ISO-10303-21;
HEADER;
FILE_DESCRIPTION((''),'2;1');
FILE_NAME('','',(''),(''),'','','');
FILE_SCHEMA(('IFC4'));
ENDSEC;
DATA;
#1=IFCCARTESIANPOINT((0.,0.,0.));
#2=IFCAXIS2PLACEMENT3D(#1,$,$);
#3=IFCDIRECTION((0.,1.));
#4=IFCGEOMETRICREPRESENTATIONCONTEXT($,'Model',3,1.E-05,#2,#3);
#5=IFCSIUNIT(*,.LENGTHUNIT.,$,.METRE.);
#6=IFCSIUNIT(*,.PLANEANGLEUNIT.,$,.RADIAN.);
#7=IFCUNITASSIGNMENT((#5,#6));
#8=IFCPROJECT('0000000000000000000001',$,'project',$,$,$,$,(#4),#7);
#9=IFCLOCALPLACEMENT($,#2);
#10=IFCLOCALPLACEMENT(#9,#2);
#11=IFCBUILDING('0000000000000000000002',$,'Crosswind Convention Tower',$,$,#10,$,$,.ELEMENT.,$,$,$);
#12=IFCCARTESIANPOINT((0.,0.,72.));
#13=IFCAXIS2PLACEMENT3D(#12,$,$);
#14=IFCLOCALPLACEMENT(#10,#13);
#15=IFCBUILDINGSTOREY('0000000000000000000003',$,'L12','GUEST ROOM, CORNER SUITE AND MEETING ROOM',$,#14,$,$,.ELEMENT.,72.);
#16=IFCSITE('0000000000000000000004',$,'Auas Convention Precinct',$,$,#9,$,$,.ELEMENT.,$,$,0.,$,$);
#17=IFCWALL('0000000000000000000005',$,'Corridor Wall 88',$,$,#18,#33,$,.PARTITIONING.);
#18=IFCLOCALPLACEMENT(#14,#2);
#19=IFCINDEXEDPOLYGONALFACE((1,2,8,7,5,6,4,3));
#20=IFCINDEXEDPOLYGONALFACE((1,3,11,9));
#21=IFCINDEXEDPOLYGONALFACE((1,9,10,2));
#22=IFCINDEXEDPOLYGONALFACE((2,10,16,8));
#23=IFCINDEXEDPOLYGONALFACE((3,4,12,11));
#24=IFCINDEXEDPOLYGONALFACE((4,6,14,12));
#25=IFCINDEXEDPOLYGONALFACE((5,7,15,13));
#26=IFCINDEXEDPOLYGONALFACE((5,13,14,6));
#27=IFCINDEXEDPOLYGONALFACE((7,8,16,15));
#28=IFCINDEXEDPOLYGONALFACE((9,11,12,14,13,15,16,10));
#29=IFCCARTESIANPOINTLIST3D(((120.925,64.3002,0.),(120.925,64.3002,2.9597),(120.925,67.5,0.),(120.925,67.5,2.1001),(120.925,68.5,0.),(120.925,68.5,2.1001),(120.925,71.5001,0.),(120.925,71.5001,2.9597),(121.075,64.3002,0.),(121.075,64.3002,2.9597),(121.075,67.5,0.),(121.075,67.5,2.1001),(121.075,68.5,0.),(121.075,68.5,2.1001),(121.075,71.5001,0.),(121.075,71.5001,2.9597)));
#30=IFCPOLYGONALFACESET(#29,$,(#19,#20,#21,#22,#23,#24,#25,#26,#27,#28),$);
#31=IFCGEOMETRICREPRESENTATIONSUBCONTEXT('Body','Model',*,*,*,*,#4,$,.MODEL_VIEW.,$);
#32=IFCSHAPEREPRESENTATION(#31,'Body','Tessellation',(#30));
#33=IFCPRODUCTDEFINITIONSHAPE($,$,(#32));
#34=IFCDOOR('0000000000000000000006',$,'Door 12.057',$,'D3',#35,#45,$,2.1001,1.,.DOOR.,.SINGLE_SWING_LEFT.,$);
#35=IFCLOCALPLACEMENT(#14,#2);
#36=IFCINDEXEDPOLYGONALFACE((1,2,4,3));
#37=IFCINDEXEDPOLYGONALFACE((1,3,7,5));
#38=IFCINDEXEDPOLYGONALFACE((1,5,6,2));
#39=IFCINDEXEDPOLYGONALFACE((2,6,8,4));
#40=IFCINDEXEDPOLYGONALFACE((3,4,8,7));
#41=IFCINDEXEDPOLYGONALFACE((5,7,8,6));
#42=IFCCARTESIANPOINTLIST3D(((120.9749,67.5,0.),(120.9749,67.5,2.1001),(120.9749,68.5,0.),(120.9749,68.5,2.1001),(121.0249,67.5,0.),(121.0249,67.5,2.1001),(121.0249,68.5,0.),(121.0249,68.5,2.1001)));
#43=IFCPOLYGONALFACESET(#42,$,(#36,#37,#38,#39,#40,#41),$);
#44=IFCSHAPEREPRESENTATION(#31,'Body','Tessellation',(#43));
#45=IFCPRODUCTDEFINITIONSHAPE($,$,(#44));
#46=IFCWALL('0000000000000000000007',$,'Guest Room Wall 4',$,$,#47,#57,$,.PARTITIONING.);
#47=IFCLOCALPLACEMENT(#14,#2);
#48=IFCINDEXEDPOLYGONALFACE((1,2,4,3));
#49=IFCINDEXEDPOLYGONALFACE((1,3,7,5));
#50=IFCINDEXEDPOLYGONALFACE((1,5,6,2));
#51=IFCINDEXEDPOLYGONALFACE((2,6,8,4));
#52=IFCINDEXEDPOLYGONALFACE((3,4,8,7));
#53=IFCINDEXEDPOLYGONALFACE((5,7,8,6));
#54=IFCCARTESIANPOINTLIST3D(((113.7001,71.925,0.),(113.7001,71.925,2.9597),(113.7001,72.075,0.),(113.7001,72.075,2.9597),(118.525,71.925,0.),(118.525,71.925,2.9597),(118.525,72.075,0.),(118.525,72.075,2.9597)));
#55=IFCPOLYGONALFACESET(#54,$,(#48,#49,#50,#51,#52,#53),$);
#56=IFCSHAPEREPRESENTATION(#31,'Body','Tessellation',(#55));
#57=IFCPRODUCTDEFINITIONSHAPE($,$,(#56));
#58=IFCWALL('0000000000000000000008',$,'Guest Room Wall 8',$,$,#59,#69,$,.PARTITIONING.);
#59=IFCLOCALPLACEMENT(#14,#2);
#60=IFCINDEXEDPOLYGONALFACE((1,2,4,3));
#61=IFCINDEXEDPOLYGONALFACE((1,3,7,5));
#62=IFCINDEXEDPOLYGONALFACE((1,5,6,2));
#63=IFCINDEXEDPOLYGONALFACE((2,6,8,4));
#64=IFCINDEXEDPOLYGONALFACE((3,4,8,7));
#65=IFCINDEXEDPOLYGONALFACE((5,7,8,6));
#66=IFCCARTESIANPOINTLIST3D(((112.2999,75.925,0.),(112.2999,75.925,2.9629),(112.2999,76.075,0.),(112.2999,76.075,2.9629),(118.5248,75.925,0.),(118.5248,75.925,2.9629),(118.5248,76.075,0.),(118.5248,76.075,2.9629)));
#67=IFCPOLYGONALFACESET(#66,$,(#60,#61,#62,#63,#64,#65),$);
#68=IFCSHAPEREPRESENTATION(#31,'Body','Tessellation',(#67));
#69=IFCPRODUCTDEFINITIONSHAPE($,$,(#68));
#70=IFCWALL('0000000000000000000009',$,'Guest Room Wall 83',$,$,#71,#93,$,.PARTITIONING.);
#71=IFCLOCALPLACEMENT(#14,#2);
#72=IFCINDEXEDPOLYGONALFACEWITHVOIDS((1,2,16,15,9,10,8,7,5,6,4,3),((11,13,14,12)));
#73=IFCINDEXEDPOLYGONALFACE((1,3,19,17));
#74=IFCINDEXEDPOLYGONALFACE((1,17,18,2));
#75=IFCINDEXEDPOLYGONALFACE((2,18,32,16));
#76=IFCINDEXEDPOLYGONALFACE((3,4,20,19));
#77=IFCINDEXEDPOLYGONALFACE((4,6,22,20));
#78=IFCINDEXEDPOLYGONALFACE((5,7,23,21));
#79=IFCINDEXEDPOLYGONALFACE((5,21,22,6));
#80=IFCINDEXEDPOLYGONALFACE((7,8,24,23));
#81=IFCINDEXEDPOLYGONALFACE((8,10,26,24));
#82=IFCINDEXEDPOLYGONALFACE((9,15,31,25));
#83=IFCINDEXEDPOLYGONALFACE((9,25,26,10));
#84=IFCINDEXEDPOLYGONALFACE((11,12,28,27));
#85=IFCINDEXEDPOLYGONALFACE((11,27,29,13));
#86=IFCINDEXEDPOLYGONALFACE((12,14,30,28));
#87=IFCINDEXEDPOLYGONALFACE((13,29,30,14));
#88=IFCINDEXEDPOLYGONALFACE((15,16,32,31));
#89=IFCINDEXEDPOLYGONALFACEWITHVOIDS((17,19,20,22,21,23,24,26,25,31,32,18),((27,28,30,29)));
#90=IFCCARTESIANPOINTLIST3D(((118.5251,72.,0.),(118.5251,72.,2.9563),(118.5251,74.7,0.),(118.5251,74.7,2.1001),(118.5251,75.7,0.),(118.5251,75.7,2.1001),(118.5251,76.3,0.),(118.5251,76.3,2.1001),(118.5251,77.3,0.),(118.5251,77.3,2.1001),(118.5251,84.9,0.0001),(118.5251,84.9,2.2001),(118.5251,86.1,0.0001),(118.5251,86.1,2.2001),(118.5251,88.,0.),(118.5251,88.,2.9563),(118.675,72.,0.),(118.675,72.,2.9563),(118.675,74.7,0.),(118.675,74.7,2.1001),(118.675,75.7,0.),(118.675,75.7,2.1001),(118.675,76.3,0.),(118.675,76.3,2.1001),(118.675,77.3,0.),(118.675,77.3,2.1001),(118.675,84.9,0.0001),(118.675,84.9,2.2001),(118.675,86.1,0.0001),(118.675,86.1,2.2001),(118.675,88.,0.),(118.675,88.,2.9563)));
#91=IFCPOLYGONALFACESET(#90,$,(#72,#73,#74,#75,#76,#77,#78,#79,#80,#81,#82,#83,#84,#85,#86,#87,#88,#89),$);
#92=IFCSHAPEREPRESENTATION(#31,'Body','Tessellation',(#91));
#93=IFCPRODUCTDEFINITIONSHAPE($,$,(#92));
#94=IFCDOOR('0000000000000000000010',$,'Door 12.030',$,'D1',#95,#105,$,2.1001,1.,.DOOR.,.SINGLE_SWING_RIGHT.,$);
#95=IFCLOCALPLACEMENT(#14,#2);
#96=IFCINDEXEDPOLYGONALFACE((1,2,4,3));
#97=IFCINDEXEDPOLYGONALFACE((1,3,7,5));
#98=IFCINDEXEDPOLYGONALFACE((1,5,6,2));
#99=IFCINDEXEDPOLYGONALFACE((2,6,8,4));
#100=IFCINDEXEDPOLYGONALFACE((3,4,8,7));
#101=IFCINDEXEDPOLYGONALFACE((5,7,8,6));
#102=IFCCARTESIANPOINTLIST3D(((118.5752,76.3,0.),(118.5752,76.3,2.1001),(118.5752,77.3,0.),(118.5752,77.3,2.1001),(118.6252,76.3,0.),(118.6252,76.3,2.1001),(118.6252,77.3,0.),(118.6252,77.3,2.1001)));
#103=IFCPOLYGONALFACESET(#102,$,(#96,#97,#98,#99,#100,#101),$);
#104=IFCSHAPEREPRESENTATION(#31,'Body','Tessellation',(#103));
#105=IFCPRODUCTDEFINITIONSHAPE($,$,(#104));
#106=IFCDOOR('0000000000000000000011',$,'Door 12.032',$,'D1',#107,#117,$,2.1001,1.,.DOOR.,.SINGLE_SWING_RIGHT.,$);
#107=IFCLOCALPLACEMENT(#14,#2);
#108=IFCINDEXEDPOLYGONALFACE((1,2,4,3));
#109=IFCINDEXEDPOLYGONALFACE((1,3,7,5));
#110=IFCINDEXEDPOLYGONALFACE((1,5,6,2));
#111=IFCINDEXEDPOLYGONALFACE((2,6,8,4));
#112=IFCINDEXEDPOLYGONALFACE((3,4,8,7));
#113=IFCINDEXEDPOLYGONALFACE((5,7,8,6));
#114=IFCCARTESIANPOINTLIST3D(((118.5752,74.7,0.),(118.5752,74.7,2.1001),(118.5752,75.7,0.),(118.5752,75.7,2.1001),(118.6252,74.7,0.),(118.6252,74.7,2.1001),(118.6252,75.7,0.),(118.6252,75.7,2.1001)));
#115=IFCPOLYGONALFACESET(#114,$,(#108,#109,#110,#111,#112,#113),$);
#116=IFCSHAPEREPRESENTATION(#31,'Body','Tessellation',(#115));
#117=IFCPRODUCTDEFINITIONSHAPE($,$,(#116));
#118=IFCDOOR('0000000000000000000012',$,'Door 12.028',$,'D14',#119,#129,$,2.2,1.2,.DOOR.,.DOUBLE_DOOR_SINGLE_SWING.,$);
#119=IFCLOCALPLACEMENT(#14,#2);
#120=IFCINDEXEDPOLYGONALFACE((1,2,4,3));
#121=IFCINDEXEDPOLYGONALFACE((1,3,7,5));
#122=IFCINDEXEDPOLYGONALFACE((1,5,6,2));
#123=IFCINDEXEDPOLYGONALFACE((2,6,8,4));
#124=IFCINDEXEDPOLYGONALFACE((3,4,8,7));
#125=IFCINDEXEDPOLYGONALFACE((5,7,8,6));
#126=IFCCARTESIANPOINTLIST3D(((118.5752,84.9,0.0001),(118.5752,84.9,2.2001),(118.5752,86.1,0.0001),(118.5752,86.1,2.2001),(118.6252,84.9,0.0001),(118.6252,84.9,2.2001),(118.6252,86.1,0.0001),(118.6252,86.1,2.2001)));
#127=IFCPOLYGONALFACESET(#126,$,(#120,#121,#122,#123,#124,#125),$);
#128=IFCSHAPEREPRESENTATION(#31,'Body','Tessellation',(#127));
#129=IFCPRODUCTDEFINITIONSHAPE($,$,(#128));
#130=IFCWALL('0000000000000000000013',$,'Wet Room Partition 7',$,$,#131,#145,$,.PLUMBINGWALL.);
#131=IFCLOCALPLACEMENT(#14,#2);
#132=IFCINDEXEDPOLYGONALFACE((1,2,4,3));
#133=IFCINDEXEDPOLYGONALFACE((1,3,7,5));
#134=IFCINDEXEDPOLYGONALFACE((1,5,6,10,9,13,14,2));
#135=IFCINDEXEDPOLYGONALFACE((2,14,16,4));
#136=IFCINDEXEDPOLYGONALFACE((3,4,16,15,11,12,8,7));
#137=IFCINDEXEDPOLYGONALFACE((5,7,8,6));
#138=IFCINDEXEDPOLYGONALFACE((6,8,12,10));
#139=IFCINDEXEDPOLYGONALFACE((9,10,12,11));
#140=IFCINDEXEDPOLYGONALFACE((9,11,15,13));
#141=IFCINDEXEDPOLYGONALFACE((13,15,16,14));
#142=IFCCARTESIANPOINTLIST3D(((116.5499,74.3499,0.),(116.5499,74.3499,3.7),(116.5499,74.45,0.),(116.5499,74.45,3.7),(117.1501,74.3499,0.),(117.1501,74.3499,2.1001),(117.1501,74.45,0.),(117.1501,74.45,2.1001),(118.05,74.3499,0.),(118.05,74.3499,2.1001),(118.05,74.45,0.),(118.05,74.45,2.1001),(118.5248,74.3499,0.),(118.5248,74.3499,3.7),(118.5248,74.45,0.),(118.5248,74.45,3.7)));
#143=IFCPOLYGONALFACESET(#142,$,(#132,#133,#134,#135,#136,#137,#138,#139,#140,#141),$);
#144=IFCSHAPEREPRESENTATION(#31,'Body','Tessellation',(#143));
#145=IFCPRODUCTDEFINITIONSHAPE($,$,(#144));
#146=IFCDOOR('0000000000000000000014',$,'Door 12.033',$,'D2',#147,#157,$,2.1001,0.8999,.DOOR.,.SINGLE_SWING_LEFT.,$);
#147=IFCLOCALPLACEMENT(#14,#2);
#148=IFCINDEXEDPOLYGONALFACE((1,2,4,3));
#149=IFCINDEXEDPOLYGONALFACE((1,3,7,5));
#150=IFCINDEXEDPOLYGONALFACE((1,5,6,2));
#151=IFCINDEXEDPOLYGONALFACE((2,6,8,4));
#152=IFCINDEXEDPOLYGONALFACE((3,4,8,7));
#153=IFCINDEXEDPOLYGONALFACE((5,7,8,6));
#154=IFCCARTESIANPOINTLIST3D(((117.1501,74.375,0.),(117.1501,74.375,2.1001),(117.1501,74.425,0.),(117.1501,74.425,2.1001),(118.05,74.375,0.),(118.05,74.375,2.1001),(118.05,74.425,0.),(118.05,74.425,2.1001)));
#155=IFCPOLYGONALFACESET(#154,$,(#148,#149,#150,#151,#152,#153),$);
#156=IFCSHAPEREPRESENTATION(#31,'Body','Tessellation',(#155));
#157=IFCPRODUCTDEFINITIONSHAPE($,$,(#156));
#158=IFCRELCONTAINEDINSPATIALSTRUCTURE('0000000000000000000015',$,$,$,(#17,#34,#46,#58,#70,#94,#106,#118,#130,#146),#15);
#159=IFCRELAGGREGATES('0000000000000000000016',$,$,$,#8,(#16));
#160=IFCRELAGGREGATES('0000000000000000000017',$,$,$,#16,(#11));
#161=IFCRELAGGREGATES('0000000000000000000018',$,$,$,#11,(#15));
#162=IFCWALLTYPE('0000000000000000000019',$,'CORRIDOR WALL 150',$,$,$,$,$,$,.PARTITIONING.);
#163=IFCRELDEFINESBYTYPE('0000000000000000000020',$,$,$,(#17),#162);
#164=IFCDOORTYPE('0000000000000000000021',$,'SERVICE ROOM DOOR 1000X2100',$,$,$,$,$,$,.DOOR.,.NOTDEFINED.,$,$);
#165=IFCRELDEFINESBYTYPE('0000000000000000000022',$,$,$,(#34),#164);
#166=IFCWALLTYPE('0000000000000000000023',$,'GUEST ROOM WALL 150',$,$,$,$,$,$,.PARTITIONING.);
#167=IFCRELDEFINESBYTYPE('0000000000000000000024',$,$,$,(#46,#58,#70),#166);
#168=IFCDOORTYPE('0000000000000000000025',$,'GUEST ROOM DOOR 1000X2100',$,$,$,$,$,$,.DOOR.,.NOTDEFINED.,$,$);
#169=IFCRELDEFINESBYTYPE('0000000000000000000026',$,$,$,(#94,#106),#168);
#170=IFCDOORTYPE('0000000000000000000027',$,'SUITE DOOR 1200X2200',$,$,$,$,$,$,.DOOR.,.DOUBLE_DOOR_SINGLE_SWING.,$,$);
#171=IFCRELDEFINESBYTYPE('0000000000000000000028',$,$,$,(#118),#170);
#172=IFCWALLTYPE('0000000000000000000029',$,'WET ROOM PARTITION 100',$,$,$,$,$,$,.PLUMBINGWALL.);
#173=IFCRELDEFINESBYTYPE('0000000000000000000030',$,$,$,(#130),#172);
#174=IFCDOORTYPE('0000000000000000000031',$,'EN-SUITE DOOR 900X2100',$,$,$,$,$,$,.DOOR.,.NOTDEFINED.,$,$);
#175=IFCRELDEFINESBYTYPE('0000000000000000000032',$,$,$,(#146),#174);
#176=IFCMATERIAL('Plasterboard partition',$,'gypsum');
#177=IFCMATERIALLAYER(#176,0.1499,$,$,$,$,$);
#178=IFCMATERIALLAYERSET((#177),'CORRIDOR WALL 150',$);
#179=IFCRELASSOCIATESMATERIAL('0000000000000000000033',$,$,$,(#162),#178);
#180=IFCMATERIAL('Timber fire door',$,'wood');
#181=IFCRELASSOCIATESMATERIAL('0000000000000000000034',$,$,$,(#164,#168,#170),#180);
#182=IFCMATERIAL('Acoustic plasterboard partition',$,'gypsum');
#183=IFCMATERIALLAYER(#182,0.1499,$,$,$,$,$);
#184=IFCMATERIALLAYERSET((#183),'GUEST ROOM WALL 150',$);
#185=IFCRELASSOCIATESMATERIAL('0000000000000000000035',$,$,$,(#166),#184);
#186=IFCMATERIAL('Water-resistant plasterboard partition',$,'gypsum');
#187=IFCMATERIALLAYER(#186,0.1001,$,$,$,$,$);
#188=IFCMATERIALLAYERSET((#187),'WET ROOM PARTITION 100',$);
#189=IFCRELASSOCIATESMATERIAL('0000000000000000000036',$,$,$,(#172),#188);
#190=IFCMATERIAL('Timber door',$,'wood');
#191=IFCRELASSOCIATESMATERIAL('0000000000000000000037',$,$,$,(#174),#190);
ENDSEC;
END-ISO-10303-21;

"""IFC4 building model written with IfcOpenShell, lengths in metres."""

from ifc_helpers import new_model, si_unit, direction, frame, frame_2d, origin, place, context, subcontext, project, spatial, rectangle, extrude, material, layer, layer_set, type_object, element, fill, save


model = new_model("IFC4")

# Units and contexts
model_context = context("Model", 3, precision=1e-05, world=origin(), true_north=direction((0.0, 1.0)))
body_context = subcontext(model_context, "Body", "Model", "MODEL_VIEW")
ifc_project = project(units=[si_unit("LENGTHUNIT", "METRE"), si_unit("PLANEANGLEUNIT", "RADIAN")], contexts=[model_context])

# Site, building, storey
site_placement = place(None, origin())
site = spatial("IfcSite", under=ifc_project, at=site_placement, Name="Auas Convention Precinct", CompositionType="ELEMENT", RefElevation=0.0)
building_placement = place(site_placement, origin())
building = spatial("IfcBuilding", under=site, at=building_placement, Name="Crosswind Convention Tower", CompositionType="ELEMENT")
storey_placement = place(building_placement, frame((0.0, 0.0, 72.0)))
storey = spatial("IfcBuildingStorey", under=building, at=storey_placement, Name="L12", Description="GUEST ROOM, CORNER SUITE AND MEETING ROOM", CompositionType="ELEMENT", Elevation=72.0)

# Wall, opening, door
ifc_material_1 = material(Name="Plasterboard partition", Category="gypsum")
ifc_layer_1 = layer(ifc_material_1, 0.1499)
ifc_layer_set_1 = layer_set([ifc_layer_1], Name="CORRIDOR WALL 150")
wall_type_1 = type_object("IfcWallType", Name="CORRIDOR WALL 150", PredefinedType="PARTITIONING", material=ifc_layer_set_1)
wall_1_placement = place(storey_placement, frame((121.0, 64.3, 0.0), z_axis=(0.0, 0.0, 1.0), x_axis=(0.0, 1.0, 0.0)))
wall_1 = element("IfcWall", 1, at=wall_1_placement, inside=storey, type_object=wall_type_1, Name="Corridor Wall 88", PredefinedType="PARTITIONING", context=body_context, shape_type="SweptSolid", body=[
    extrude(rectangle(XDim=7.2, YDim=0.1499, at=frame_2d((3.6001, 0.0))), origin(), (0.0, 0.0, 1.0), 2.9597),
])
opening_1_placement = place(wall_1_placement, frame((3.2, 0.0, 0.0)))
opening_1 = element("IfcOpeningElement", 2, at=opening_1_placement, cuts=wall_1, PredefinedType="OPENING", context=body_context, shape_type="SweptSolid", body=[
    extrude(rectangle(XDim=1.0, YDim=2.1001, at=frame_2d((0.5, 1.05))), frame((0.0, 0.085, 0.0), z_axis=(0.0, -1.0, 0.0), x_axis=(1.0, 0.0, 0.0)), (0.0, 0.0, 1.0), 0.1699),
])
ifc_material_2 = material(Name="Timber fire door", Category="wood")
door_type_1 = type_object("IfcDoorType", Name="SERVICE ROOM DOOR 1000X2100", OperationType="NOTDEFINED", PredefinedType="DOOR", material=ifc_material_2)
door_1_placement = place(opening_1_placement, frame((1.0, 0.0, 0.0), z_axis=(0.0, 0.0, 1.0), x_axis=(-1.0, 0.0, 0.0)))
door_1 = element("IfcDoor", 3, at=door_1_placement, inside=storey, type_object=door_type_1, Name="Door 12.057", ObjectType="D3", OperationType="SINGLE_SWING_LEFT", OverallHeight=2.1001, OverallWidth=1.0, PredefinedType="DOOR", context=body_context, shape_type="SweptSolid", body=[
    extrude(rectangle(XDim=1.0, YDim=2.1001, at=frame_2d((0.5, 1.05))), frame((0.0, 0.0249, 0.0), z_axis=(0.0, -1.0, 0.0), x_axis=(1.0, 0.0, 0.0)), (0.0, 0.0, 1.0), 0.05),
])
fill(opening_1, door_1)

# Walls
ifc_material_3 = material(Name="Acoustic plasterboard partition", Category="gypsum")
ifc_layer_2 = layer(ifc_material_3, 0.1499)
ifc_layer_set_2 = layer_set([ifc_layer_2], Name="GUEST ROOM WALL 150")
wall_type_2 = type_object("IfcWallType", Name="GUEST ROOM WALL 150", PredefinedType="PARTITIONING", material=ifc_layer_set_2)
wall_2_placement = place(storey_placement, frame((113.7, 72.0, 0.0), z_axis=(0.0, 0.0, 1.0), x_axis=(1.0, 0.0, 0.0)))
element("IfcWall", 4, at=wall_2_placement, inside=storey, type_object=wall_type_2, Name="Guest Room Wall 4", PredefinedType="PARTITIONING", context=body_context, shape_type="SweptSolid", body=[
    extrude(rectangle(XDim=4.825, YDim=0.1499, at=frame_2d((2.4126, 0.0))), origin(), (0.0, 0.0, 1.0), 2.9597),
])
wall_3_placement = place(storey_placement, frame((112.3, 76.0, 0.0), z_axis=(0.0, 0.0, 1.0), x_axis=(1.0, 0.0, 0.0)))
element("IfcWall", 5, at=wall_3_placement, inside=storey, type_object=wall_type_2, Name="Guest Room Wall 8", PredefinedType="PARTITIONING", context=body_context, shape_type="SweptSolid", body=[
    extrude(rectangle(XDim=6.2249, YDim=0.1499, at=frame_2d((3.1123, 0.0))), origin(), (0.0, 0.0, 1.0), 2.9629),
])

# Wall, openings, doors
wall_4_placement = place(storey_placement, frame((118.6001, 72.0, 0.0), z_axis=(0.0, 0.0, 1.0), x_axis=(0.0, 1.0, 0.0)))
wall_4 = element("IfcWall", 6, at=wall_4_placement, inside=storey, type_object=wall_type_2, Name="Guest Room Wall 83", PredefinedType="PARTITIONING", context=body_context, shape_type="SweptSolid", body=[
    extrude(rectangle(XDim=16.0, YDim=0.1499, at=frame_2d((8.0, 0.0))), origin(), (0.0, 0.0, 1.0), 2.9563),
])
opening_2_placement = place(wall_4_placement, frame((12.8999, 0.0, 0.0)))
opening_2 = element("IfcOpeningElement", 7, at=opening_2_placement, cuts=wall_4, PredefinedType="OPENING", context=body_context, shape_type="SweptSolid", body=[
    extrude(rectangle(XDim=1.2, YDim=2.2, at=frame_2d((0.6001, 1.1001))), frame((0.0, 0.085, 0.0), z_axis=(0.0, -1.0, 0.0), x_axis=(1.0, 0.0, 0.0)), (0.0, 0.0, 1.0), 0.1699),
])
opening_3_placement = place(wall_4_placement, frame((4.3, 0.0, 0.0)))
opening_3 = element("IfcOpeningElement", 8, at=opening_3_placement, cuts=wall_4, PredefinedType="OPENING", context=body_context, shape_type="SweptSolid", body=[
    extrude(rectangle(XDim=1.0, YDim=2.1001, at=frame_2d((0.5, 1.05))), frame((0.0, 0.085, 0.0), z_axis=(0.0, -1.0, 0.0), x_axis=(1.0, 0.0, 0.0)), (0.0, 0.0, 1.0), 0.1699),
])
opening_4_placement = place(wall_4_placement, frame((2.7, 0.0, 0.0)))
opening_4 = element("IfcOpeningElement", 9, at=opening_4_placement, cuts=wall_4, PredefinedType="OPENING", context=body_context, shape_type="SweptSolid", body=[
    extrude(rectangle(XDim=1.0, YDim=2.1001, at=frame_2d((0.5, 1.05))), frame((0.0, 0.085, 0.0), z_axis=(0.0, -1.0, 0.0), x_axis=(1.0, 0.0, 0.0)), (0.0, 0.0, 1.0), 0.1699),
])
door_type_2 = type_object("IfcDoorType", Name="GUEST ROOM DOOR 1000X2100", OperationType="NOTDEFINED", PredefinedType="DOOR", material=ifc_material_2)
door_2_placement = place(opening_3_placement, origin())
door_2 = element("IfcDoor", 10, at=door_2_placement, inside=storey, type_object=door_type_2, Name="Door 12.030", ObjectType="D1", OperationType="SINGLE_SWING_RIGHT", OverallHeight=2.1001, OverallWidth=1.0, PredefinedType="DOOR", context=body_context, shape_type="SweptSolid", body=[
    extrude(rectangle(XDim=1.0, YDim=2.1001, at=frame_2d((0.5, 1.05))), frame((0.0, 0.0249, 0.0), z_axis=(0.0, -1.0, 0.0), x_axis=(1.0, 0.0, 0.0)), (0.0, 0.0, 1.0), 0.05),
])
fill(opening_3, door_2)
door_3_placement = place(opening_4_placement, origin())
door_3 = element("IfcDoor", 11, at=door_3_placement, inside=storey, type_object=door_type_2, Name="Door 12.032", ObjectType="D1", OperationType="SINGLE_SWING_RIGHT", OverallHeight=2.1001, OverallWidth=1.0, PredefinedType="DOOR", context=body_context, shape_type="SweptSolid", body=[
    extrude(rectangle(XDim=1.0, YDim=2.1001, at=frame_2d((0.5, 1.05))), frame((0.0, 0.0249, 0.0), z_axis=(0.0, -1.0, 0.0), x_axis=(1.0, 0.0, 0.0)), (0.0, 0.0, 1.0), 0.05),
])
fill(opening_4, door_3)
door_type_3 = type_object("IfcDoorType", Name="SUITE DOOR 1200X2200", OperationType="DOUBLE_DOOR_SINGLE_SWING", PredefinedType="DOOR", material=ifc_material_2)
door_4_placement = place(opening_2_placement, origin())
door_4 = element("IfcDoor", 12, at=door_4_placement, inside=storey, type_object=door_type_3, Name="Door 12.028", ObjectType="D14", OperationType="DOUBLE_DOOR_SINGLE_SWING", OverallHeight=2.2, OverallWidth=1.2, PredefinedType="DOOR", context=body_context, shape_type="SweptSolid", body=[
    extrude(rectangle(XDim=1.2, YDim=2.2, at=frame_2d((0.6001, 1.1001))), frame((0.0, 0.0249, 0.0), z_axis=(0.0, -1.0, 0.0), x_axis=(1.0, 0.0, 0.0)), (0.0, 0.0, 1.0), 0.05),
])
fill(opening_2, door_4)

# Wall, opening, door
ifc_material_4 = material(Name="Water-resistant plasterboard partition", Category="gypsum")
ifc_layer_3 = layer(ifc_material_4, 0.1001)
ifc_layer_set_3 = layer_set([ifc_layer_3], Name="WET ROOM PARTITION 100")
wall_type_3 = type_object("IfcWallType", Name="WET ROOM PARTITION 100", PredefinedType="PLUMBINGWALL", material=ifc_layer_set_3)
wall_5_placement = place(storey_placement, frame((116.55, 74.3999, 0.0), z_axis=(0.0, 0.0, 1.0), x_axis=(1.0, 0.0, 0.0)))
wall_5 = element("IfcWall", 13, at=wall_5_placement, inside=storey, type_object=wall_type_3, Name="Wet Room Partition 7", PredefinedType="PLUMBINGWALL", context=body_context, shape_type="SweptSolid", body=[
    extrude(rectangle(XDim=1.9749, YDim=0.1001, at=frame_2d((0.9873, 0.0))), origin(), (0.0, 0.0, 1.0), 3.7),
])
opening_5_placement = place(wall_5_placement, frame((0.6001, 0.0, 0.0)))
opening_5 = element("IfcOpeningElement", 14, at=opening_5_placement, cuts=wall_5, PredefinedType="OPENING", context=body_context, shape_type="SweptSolid", body=[
    extrude(rectangle(XDim=0.8999, YDim=2.1001, at=frame_2d((0.45, 1.05))), frame((0.0, 0.0601, 0.0), z_axis=(0.0, -1.0, 0.0), x_axis=(1.0, 0.0, 0.0)), (0.0, 0.0, 1.0), 0.1201),
])
ifc_material_5 = material(Name="Timber door", Category="wood")
door_type_4 = type_object("IfcDoorType", Name="EN-SUITE DOOR 900X2100", OperationType="NOTDEFINED", PredefinedType="DOOR", material=ifc_material_5)
door_5_placement = place(opening_5_placement, frame((0.8999, 0.0, 0.0), z_axis=(0.0, 0.0, 1.0), x_axis=(-1.0, 0.0, 0.0)))
door_5 = element("IfcDoor", 15, at=door_5_placement, inside=storey, type_object=door_type_4, Name="Door 12.033", ObjectType="D2", OperationType="SINGLE_SWING_LEFT", OverallHeight=2.1001, OverallWidth=0.8999, PredefinedType="DOOR", context=body_context, shape_type="SweptSolid", body=[
    extrude(rectangle(XDim=0.8999, YDim=2.1001, at=frame_2d((0.45, 1.05))), frame((0.0, 0.0249, 0.0), z_axis=(0.0, -1.0, 0.0), x_axis=(1.0, 0.0, 0.0)), (0.0, 0.0, 1.0), 0.05),
])
fill(opening_5, door_5)

save(model, "model.ifc")
